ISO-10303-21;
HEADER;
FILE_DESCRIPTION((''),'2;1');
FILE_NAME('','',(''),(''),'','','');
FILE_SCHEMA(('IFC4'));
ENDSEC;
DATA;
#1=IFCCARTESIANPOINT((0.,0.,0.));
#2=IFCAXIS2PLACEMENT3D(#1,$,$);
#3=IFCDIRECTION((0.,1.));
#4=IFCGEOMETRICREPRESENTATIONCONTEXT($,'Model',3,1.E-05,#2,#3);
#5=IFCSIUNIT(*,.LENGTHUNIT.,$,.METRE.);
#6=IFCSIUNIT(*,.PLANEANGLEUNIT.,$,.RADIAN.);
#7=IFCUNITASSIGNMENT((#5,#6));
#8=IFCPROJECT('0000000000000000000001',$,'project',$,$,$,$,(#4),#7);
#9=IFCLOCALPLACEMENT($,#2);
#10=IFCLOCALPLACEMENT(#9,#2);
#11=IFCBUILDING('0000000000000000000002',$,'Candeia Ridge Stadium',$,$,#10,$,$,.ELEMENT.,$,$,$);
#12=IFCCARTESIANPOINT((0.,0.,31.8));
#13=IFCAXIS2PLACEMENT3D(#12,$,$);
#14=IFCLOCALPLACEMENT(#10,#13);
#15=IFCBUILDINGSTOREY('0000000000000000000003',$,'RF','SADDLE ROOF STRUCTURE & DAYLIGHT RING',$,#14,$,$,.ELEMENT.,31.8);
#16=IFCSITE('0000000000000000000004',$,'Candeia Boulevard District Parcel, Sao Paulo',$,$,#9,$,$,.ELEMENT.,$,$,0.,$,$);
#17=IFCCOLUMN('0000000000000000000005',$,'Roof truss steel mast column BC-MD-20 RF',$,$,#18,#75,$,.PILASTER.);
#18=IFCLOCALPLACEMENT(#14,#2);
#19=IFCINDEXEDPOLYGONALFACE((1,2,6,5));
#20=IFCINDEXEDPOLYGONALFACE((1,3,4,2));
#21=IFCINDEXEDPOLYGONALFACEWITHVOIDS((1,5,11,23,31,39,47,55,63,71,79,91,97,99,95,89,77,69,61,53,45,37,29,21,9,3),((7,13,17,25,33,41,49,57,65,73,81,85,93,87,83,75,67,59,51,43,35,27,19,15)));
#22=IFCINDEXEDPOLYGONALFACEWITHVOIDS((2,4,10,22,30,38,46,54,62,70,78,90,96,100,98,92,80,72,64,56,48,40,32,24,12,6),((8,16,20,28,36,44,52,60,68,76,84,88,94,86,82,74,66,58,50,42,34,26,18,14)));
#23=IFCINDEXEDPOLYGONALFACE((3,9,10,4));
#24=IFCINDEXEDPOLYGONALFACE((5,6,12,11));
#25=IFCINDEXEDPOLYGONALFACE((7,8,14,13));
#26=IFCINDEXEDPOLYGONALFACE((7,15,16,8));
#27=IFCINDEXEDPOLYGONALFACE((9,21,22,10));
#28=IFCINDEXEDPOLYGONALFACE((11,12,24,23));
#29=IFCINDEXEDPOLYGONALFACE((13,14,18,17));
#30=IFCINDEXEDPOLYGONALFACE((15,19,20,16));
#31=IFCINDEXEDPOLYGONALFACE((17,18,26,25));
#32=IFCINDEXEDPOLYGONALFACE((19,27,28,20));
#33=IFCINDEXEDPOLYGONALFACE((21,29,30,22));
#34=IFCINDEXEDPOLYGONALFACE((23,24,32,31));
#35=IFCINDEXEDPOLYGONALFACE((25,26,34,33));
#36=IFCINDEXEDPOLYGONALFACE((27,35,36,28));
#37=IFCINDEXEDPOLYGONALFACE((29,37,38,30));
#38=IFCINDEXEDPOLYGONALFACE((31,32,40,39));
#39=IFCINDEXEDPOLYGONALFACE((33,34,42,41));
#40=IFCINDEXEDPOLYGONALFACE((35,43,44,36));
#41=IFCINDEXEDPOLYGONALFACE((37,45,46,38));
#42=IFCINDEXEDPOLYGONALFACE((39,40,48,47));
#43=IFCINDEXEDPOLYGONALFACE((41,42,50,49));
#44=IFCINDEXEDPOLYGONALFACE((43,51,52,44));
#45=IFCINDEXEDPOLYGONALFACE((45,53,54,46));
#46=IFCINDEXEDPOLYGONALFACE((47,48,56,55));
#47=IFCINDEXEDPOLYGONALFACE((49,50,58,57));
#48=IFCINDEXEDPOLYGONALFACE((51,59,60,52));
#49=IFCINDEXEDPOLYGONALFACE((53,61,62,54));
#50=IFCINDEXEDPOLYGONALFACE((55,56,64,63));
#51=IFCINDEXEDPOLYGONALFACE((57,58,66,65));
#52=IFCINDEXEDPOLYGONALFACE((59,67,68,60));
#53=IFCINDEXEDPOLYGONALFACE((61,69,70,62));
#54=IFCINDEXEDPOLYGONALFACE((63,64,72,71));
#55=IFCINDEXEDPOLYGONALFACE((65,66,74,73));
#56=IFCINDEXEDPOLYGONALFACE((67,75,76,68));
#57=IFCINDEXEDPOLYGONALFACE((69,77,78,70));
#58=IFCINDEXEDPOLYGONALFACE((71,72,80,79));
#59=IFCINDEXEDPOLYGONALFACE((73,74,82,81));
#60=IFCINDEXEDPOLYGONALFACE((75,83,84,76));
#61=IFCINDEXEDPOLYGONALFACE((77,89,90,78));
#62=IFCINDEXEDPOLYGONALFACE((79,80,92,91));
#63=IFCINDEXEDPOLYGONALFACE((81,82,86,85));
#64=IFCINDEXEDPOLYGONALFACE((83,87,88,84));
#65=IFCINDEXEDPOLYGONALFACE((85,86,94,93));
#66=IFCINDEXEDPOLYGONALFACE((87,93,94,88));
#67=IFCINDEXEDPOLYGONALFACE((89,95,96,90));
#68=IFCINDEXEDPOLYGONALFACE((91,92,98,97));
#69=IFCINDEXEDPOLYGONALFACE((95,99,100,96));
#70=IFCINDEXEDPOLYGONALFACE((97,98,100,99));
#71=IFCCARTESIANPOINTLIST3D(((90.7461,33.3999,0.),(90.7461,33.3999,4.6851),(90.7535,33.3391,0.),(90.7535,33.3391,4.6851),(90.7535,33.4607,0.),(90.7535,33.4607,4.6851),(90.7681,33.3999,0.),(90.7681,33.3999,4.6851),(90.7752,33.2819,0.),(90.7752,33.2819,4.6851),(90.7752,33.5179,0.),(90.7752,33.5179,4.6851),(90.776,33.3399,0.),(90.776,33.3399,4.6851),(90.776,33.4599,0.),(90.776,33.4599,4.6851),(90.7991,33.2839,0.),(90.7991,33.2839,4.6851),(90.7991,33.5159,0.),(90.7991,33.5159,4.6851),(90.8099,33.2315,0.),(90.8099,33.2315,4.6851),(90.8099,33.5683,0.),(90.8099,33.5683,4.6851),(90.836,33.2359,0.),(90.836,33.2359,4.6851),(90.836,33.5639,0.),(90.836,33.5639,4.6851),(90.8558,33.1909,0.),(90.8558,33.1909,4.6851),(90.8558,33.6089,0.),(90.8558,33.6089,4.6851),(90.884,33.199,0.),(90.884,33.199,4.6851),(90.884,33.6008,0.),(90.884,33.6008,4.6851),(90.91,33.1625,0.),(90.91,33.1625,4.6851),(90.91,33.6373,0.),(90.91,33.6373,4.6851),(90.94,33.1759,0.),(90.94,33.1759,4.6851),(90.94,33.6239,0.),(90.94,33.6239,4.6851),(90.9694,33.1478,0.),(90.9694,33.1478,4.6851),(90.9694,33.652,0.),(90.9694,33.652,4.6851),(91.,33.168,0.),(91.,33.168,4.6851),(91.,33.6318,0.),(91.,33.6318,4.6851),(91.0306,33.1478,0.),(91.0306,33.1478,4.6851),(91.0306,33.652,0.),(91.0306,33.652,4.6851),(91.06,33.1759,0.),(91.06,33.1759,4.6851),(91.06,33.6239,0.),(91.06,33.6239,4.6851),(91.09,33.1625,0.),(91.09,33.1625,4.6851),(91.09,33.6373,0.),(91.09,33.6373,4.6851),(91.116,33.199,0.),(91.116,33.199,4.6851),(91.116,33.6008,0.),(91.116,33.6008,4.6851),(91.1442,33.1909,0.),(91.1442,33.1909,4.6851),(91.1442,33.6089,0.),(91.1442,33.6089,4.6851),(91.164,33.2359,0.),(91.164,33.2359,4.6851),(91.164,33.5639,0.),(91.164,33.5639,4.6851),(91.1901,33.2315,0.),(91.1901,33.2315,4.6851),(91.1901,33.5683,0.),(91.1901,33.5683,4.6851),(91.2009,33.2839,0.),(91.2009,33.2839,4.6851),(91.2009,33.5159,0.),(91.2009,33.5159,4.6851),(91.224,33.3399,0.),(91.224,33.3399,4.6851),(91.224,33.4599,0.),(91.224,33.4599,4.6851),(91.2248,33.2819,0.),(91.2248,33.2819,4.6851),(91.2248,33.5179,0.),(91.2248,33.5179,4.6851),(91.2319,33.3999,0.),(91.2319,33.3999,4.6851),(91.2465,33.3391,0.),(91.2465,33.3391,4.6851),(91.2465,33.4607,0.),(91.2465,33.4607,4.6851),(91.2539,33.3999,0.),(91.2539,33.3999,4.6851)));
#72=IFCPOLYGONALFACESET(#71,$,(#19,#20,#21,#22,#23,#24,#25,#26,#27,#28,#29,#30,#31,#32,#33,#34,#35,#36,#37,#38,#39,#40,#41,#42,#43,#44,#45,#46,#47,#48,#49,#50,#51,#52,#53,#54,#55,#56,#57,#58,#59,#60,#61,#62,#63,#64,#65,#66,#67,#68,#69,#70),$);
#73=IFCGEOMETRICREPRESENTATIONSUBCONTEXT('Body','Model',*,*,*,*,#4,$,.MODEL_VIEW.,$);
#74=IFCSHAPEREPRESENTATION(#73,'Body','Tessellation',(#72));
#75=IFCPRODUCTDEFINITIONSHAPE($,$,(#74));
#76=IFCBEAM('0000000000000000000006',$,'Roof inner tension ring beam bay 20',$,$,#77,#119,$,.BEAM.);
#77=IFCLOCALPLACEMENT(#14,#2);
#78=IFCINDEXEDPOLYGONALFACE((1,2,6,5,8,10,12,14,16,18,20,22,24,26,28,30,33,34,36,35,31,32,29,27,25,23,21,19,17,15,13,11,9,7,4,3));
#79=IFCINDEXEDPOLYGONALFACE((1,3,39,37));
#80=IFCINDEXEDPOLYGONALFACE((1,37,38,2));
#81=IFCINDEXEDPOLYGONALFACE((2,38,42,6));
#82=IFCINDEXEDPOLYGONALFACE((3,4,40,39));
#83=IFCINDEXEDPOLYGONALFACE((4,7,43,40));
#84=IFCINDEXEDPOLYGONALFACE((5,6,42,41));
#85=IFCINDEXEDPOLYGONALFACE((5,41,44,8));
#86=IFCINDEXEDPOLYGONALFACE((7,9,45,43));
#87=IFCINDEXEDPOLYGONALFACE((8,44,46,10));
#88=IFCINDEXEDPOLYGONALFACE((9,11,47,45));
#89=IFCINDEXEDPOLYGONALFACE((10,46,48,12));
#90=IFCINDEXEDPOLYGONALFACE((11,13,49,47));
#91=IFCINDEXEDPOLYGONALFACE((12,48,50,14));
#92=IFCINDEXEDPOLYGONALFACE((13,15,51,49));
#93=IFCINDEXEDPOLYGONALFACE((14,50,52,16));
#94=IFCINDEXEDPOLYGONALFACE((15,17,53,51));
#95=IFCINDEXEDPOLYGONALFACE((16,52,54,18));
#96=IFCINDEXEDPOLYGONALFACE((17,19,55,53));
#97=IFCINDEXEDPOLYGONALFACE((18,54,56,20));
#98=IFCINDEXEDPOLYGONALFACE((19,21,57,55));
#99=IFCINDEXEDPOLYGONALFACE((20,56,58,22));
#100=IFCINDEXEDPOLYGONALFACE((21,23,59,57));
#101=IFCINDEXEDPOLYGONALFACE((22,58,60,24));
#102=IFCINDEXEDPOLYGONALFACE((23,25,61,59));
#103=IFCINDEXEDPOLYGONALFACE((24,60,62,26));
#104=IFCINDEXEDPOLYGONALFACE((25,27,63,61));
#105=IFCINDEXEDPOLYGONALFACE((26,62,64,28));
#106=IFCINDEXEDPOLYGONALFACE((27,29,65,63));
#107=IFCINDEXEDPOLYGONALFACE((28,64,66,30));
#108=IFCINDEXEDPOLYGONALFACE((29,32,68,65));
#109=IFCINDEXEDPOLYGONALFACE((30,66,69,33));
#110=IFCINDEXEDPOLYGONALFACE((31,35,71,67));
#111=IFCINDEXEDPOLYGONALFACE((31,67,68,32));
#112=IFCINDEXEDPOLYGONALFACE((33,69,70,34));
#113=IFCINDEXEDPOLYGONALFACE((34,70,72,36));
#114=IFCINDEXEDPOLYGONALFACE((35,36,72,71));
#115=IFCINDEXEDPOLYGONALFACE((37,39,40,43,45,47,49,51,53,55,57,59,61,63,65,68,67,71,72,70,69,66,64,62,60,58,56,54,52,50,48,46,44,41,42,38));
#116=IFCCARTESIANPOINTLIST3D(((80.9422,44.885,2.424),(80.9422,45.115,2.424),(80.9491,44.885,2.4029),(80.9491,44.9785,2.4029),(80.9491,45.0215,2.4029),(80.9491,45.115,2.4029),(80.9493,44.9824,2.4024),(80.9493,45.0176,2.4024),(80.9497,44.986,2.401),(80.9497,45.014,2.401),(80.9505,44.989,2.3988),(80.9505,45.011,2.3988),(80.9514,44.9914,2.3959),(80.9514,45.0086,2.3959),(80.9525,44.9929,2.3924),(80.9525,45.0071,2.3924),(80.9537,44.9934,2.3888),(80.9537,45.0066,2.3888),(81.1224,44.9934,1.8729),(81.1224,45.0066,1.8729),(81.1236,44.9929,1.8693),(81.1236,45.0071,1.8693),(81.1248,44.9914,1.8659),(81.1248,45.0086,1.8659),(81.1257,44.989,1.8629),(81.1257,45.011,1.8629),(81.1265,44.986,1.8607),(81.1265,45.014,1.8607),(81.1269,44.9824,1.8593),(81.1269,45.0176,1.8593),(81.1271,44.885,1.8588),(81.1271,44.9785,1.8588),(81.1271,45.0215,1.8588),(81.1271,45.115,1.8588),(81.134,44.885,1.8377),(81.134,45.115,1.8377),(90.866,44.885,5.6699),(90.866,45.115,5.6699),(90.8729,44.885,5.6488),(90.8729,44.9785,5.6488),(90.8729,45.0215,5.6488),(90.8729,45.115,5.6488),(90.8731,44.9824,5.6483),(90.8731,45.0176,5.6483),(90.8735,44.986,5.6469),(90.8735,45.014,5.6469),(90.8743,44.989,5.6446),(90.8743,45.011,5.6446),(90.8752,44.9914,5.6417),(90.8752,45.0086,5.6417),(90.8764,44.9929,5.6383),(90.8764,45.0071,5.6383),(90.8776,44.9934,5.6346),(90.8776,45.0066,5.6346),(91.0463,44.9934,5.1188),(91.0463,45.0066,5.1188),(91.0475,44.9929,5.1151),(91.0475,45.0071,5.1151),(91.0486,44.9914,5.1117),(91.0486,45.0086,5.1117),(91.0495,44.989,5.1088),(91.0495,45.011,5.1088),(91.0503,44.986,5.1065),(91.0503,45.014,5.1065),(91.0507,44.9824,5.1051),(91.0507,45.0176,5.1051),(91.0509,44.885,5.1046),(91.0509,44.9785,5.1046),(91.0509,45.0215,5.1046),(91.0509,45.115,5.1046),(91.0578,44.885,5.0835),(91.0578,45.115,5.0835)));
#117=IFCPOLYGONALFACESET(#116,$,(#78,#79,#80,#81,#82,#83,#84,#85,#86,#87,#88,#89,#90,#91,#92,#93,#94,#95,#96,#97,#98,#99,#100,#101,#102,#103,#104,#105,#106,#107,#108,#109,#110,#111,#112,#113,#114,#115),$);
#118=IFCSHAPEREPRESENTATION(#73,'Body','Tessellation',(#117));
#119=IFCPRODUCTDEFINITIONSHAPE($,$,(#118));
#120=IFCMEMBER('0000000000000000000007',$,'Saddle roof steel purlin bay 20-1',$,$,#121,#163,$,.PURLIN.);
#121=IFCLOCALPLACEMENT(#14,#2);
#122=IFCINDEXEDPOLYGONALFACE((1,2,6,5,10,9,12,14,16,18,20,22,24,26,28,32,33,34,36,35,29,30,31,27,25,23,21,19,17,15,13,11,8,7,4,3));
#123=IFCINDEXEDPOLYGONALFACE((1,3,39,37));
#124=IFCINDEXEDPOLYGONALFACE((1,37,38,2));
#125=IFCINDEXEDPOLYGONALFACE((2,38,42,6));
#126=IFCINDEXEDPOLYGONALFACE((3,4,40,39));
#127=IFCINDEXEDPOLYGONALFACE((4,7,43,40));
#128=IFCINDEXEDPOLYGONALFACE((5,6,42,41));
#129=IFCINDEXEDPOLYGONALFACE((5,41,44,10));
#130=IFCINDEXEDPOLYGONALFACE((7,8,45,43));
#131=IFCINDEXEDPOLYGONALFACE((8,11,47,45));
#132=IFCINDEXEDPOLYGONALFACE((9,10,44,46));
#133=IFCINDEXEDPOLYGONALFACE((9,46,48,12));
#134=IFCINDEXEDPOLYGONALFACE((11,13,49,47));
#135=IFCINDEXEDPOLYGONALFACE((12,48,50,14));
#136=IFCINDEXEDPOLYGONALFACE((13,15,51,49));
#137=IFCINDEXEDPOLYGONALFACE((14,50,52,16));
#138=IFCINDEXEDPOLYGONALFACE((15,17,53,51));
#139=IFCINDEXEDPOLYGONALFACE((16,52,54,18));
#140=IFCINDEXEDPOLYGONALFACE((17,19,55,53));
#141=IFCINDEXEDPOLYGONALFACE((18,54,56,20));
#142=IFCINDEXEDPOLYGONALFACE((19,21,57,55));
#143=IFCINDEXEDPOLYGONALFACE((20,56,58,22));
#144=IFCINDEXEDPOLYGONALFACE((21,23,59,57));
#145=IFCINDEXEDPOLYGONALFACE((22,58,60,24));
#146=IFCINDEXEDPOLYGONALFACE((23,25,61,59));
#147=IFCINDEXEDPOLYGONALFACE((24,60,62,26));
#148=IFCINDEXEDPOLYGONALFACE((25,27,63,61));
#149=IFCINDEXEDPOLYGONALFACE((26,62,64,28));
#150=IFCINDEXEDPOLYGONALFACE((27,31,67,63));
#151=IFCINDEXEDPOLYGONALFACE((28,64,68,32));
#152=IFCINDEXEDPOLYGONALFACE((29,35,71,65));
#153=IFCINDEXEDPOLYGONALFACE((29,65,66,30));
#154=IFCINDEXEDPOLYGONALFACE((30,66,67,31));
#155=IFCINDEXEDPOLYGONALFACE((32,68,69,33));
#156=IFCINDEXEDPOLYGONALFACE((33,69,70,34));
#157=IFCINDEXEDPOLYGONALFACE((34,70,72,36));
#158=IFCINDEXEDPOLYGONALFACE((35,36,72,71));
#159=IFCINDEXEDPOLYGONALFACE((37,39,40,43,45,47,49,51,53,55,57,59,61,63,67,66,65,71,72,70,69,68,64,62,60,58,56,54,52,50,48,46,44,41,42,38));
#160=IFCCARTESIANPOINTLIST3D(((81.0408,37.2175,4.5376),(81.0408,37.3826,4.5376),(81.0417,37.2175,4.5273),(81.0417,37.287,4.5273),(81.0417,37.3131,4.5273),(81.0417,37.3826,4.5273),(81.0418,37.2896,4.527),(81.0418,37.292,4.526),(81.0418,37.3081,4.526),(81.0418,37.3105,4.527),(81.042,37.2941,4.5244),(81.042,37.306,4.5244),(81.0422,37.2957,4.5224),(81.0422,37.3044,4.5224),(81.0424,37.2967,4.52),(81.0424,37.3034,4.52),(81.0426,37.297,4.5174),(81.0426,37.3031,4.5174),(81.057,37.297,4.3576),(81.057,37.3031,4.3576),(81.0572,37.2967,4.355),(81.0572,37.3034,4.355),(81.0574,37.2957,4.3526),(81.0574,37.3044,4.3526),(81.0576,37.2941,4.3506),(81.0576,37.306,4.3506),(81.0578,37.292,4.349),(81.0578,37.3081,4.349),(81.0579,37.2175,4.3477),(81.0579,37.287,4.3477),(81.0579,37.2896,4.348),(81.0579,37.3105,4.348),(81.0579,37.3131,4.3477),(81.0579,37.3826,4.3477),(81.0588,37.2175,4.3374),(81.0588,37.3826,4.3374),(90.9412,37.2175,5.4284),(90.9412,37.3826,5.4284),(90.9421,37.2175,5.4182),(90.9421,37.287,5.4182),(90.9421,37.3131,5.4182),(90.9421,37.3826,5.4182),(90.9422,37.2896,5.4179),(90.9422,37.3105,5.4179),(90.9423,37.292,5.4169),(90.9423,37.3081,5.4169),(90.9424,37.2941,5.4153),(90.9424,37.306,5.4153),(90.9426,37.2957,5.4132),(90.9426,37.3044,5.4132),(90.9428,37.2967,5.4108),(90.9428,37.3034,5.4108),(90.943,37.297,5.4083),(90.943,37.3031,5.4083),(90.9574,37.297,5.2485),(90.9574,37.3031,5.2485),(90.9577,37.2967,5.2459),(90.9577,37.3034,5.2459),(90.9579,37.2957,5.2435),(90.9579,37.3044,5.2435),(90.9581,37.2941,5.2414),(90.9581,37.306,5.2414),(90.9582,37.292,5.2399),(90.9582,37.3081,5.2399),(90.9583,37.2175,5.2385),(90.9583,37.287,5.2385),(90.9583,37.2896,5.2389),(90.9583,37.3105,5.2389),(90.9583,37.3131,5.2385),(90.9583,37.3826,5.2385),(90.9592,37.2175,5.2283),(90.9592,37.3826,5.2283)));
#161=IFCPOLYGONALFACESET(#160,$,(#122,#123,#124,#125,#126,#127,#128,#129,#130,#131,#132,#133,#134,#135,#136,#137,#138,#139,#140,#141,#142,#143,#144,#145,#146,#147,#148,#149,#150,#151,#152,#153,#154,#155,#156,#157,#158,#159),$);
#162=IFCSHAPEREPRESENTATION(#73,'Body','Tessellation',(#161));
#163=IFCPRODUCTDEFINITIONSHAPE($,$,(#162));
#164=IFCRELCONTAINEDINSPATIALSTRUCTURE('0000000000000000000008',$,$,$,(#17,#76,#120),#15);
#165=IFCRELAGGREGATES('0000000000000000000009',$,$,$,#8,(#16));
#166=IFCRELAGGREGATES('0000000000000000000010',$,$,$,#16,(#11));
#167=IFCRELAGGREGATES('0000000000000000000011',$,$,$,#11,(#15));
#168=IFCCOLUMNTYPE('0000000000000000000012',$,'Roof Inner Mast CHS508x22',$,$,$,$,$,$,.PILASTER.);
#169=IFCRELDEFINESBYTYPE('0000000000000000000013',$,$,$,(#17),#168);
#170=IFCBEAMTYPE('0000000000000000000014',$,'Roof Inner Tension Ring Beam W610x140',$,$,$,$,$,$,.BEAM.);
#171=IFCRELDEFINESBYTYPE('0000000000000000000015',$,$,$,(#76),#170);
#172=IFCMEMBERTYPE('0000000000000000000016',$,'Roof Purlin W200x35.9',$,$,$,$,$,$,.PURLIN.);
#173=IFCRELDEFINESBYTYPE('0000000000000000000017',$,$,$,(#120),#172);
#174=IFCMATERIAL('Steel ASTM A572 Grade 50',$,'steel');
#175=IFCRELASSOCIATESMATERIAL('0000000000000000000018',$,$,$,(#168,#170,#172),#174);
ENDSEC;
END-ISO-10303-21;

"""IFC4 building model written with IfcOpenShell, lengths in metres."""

from ifc_helpers import new_model, si_unit, direction, frame, origin, origin_2d, place, context, subcontext, project, spatial, hollow_circle, i_section, extrude, material, material_profile, profile_set, type_object, element, save


model = new_model("IFC4")

# Units and contexts
model_context = context("Model", 3, precision=1e-05, world=origin(), true_north=direction((0.0, 1.0)))
body_context = subcontext(model_context, "Body", "Model", "MODEL_VIEW")
ifc_project = project(units=[si_unit("LENGTHUNIT", "METRE"), si_unit("PLANEANGLEUNIT", "RADIAN")], contexts=[model_context])

# Site, building, storey
site_placement = place(None, origin())
site = spatial("IfcSite", under=ifc_project, at=site_placement, Name="Candeia Boulevard District Parcel, Sao Paulo", CompositionType="ELEMENT", RefElevation=0.0)
building_placement = place(site_placement, origin())
building = spatial("IfcBuilding", under=site, at=building_placement, Name="Candeia Ridge Stadium", CompositionType="ELEMENT")
storey_placement = place(building_placement, frame((0.0, 0.0, 31.8)))
storey = spatial("IfcBuildingStorey", under=building, at=storey_placement, Name="RF", Description="SADDLE ROOF STRUCTURE & DAYLIGHT RING", CompositionType="ELEMENT", Elevation=31.8)

# Column
ifc_material_1 = material(Name="Steel ASTM A572 Grade 50", Category="steel")
ifc_material_profile_1 = material_profile(ifc_material_1, hollow_circle(Radius=0.2539, WallThickness=0.022, at=origin_2d()), Name="CHS508x22", Category="steel")
ifc_profile_set_1 = profile_set([ifc_material_profile_1], Name="Steel ASTM A572 Grade 50")
column_type = type_object("IfcColumnType", Name="Roof Inner Mast CHS508x22", PredefinedType="PILASTER", material=ifc_profile_set_1)
column_placement = place(storey_placement, frame((91.0, 33.3999, 0.0), z_axis=(0.0, 0.0, 1.0), x_axis=(1.0, 0.0, 0.0)))
element("IfcColumn", 1, at=column_placement, inside=storey, type_object=column_type, Name="Roof truss steel mast column BC-MD-20 RF", PredefinedType="PILASTER", context=body_context, shape_type="SweptSolid", body=[
    extrude(hollow_circle(Radius=0.2539, WallThickness=0.022, at=origin_2d()), origin(), (0.0, 0.0, 1.0), 4.6851),
])

# Beam
ifc_material_profile_2 = material_profile(ifc_material_1, i_section(OverallWidth=0.23, OverallDepth=0.6169, WebThickness=0.0132, FlangeThickness=0.0222, FilletRadius=0.0149, at=origin_2d()), Name="W610x140", Category="steel")
ifc_profile_set_2 = profile_set([ifc_material_profile_2], Name="Steel ASTM A572 Grade 50")
beam_type = type_object("IfcBeamType", Name="Roof Inner Tension Ring Beam W610x140", PredefinedType="BEAM", material=ifc_profile_set_2)
beam_placement = place(storey_placement, frame((81.0381, 45.0, 2.1309), z_axis=(0.950452, 0.0, 0.31087), x_axis=(0.0, 1.0, 0.0)))
element("IfcBeam", 2, at=beam_placement, inside=storey, type_object=beam_type, Name="Roof inner tension ring beam bay 20", PredefinedType="BEAM", context=body_context, shape_type="SweptSolid", body=[
    extrude(i_section(OverallWidth=0.23, OverallDepth=0.6169, WebThickness=0.0132, FlangeThickness=0.0222, FilletRadius=0.0149, at=origin_2d()), origin(), (0.0, 0.0, 1.0), 10.4412),
])

# Member
ifc_material_profile_3 = material_profile(ifc_material_1, i_section(OverallWidth=0.165, OverallDepth=0.2009, WebThickness=0.0061, FlangeThickness=0.0103, FilletRadius=0.01, at=origin_2d()), Name="W200x35.9", Category="steel")
ifc_profile_set_3 = profile_set([ifc_material_profile_3], Name="Steel ASTM A572 Grade 50")
member_type_1 = type_object("IfcMemberType", Name="Roof Purlin W200x35.9", PredefinedType="PURLIN", material=ifc_profile_set_3)
member_1_placement = place(storey_placement, frame((81.0498, 37.3, 4.4375), z_axis=(0.995976, 0.0, 0.089621), x_axis=(0.0, 1.0, 0.0)))
element("IfcMember", 3, at=member_1_placement, inside=storey, type_object=member_type_1, Name="Saddle roof steel purlin bay 20-1", PredefinedType="PURLIN", context=body_context, shape_type="SweptSolid", body=[
    extrude(i_section(OverallWidth=0.165, OverallDepth=0.2009, WebThickness=0.0061, FlangeThickness=0.0103, FilletRadius=0.01, at=origin_2d()), origin(), (0.0, 0.0, 1.0), 9.9404),
])

save(model, "model.ifc")
